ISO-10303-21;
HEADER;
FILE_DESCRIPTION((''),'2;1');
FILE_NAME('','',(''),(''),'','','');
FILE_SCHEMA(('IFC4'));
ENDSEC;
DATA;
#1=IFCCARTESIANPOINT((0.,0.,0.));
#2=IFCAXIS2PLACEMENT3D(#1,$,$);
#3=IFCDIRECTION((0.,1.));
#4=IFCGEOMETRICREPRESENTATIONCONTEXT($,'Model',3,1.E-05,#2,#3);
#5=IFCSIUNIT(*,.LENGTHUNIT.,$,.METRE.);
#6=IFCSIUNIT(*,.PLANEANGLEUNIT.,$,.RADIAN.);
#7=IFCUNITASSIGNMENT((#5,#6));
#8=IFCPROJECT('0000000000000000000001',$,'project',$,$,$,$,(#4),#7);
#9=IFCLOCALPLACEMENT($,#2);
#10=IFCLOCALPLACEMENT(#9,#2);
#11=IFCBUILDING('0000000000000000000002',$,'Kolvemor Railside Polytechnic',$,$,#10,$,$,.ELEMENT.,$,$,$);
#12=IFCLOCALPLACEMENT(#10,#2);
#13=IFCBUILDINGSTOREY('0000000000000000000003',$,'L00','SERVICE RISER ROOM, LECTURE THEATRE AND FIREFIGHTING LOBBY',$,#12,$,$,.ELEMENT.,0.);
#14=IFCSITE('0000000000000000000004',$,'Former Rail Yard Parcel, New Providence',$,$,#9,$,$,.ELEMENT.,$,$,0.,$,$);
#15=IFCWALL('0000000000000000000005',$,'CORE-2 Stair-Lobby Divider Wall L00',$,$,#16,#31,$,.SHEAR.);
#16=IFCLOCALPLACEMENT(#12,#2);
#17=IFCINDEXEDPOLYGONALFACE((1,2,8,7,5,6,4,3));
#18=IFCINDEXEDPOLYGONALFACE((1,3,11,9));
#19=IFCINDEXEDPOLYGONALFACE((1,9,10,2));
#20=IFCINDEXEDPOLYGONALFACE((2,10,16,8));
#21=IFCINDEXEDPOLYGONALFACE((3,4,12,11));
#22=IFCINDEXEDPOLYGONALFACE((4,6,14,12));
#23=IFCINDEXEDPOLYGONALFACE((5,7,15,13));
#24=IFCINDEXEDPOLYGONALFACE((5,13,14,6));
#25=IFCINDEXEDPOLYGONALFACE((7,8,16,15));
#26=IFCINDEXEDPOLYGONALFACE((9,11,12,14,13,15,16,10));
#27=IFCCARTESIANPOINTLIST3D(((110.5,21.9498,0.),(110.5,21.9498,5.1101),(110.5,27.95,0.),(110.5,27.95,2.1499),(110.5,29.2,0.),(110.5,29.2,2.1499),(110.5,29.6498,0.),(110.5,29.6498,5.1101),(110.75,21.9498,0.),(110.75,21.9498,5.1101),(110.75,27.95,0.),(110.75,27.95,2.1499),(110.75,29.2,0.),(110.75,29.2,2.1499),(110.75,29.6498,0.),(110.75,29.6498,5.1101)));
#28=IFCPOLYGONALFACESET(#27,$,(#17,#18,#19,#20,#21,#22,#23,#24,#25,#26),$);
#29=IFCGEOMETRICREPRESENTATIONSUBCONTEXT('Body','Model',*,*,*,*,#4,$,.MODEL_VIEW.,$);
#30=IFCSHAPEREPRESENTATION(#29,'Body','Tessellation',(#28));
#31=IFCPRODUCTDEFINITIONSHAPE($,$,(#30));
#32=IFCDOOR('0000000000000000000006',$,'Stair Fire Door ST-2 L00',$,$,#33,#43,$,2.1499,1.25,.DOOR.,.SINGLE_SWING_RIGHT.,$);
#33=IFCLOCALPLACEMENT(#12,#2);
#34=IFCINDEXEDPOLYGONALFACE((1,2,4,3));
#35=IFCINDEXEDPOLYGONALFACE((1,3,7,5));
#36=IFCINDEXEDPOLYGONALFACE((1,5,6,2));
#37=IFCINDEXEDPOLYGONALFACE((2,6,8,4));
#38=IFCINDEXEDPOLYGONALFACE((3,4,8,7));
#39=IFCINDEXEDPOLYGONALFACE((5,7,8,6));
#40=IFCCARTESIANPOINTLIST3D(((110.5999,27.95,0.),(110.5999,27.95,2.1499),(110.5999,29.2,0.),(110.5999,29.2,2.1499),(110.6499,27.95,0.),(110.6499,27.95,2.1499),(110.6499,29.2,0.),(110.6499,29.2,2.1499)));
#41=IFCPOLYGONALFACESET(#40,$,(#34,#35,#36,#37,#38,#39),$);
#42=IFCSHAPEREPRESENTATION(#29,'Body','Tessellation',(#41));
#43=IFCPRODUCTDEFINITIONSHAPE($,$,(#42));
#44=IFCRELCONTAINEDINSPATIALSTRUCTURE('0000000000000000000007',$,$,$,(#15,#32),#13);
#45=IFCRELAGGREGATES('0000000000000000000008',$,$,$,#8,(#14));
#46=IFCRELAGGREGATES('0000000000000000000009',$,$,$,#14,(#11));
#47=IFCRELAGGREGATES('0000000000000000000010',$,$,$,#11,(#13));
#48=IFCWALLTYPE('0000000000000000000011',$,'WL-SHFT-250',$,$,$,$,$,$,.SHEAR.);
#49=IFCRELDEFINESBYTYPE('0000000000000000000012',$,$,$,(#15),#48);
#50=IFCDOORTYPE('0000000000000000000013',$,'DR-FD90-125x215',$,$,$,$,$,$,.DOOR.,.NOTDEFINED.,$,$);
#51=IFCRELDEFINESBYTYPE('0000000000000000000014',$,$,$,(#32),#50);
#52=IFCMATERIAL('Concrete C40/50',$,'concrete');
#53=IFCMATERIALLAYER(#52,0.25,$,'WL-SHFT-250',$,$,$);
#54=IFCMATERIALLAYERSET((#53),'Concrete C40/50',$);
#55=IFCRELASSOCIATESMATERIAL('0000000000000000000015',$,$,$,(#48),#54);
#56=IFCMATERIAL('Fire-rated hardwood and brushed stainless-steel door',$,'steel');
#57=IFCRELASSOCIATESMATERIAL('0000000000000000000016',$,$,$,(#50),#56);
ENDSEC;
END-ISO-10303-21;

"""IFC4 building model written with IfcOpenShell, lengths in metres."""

from ifc_helpers import new_model, si_unit, direction, frame, frame_2d, origin, place, context, subcontext, project, spatial, rectangle, extrude, material, layer, layer_set, type_object, element, fill, save


model = new_model("IFC4")

# Units and contexts
model_context = context("Model", 3, precision=1e-05, world=origin(), true_north=direction((0.0, 1.0)))
body_context = subcontext(model_context, "Body", "Model", "MODEL_VIEW")
ifc_project = project(units=[si_unit("LENGTHUNIT", "METRE"), si_unit("PLANEANGLEUNIT", "RADIAN")], contexts=[model_context])

# Site, building, storey
site_placement = place(None, origin())
site = spatial("IfcSite", under=ifc_project, at=site_placement, Name="Former Rail Yard Parcel, New Providence", CompositionType="ELEMENT", RefElevation=0.0)
building_placement = place(site_placement, origin())
building = spatial("IfcBuilding", under=site, at=building_placement, Name="Kolvemor Railside Polytechnic", CompositionType="ELEMENT")
storey_placement = place(building_placement, origin())
storey = spatial("IfcBuildingStorey", under=building, at=storey_placement, Name="L00", Description="SERVICE RISER ROOM, LECTURE THEATRE AND FIREFIGHTING LOBBY", CompositionType="ELEMENT", Elevation=0.0)

# Wall, opening, door
ifc_material_1 = material(Name="Concrete C40/50", Category="concrete")
ifc_layer_1 = layer(ifc_material_1, 0.25, Name="WL-SHFT-250")
ifc_layer_set_1 = layer_set([ifc_layer_1], Name="Concrete C40/50")
wall_type_1 = type_object("IfcWallType", Name="WL-SHFT-250", PredefinedType="SHEAR", material=ifc_layer_set_1)
wall_1_placement = place(storey_placement, frame((110.625, 29.6499, 0.0), z_axis=(0.0, 0.0, 1.0), x_axis=(0.0, -1.0, 0.0)))
wall_1 = element("IfcWall", 1, at=wall_1_placement, inside=storey, type_object=wall_type_1, Name="CORE-2 Stair-Lobby Divider Wall L00", PredefinedType="SHEAR", context=body_context, shape_type="SweptSolid", body=[
    extrude(rectangle(XDim=7.7, YDim=0.25, at=frame_2d((3.8501, 0.0))), origin(), (0.0, 0.0, 1.0), 5.1101),
])
opening_placement = place(wall_1_placement, frame((0.45, 0.0, 0.0)))
opening = element("IfcOpeningElement", 2, at=opening_placement, cuts=wall_1, PredefinedType="OPENING", context=body_context, shape_type="SweptSolid", body=[
    extrude(rectangle(XDim=1.25, YDim=2.1499, at=frame_2d((0.625, 1.075))), frame((0.0, 0.135, 0.0), z_axis=(0.0, -1.0, 0.0), x_axis=(1.0, 0.0, 0.0)), (0.0, 0.0, 1.0), 0.27),
])
ifc_material_2 = material(Name="Fire-rated hardwood and brushed stainless-steel door", Category="steel")
door_type = type_object("IfcDoorType", Name="DR-FD90-125x215", OperationType="NOTDEFINED", PredefinedType="DOOR", material=ifc_material_2)
door_placement = place(opening_placement, origin())
door = element("IfcDoor", 3, at=door_placement, inside=storey, type_object=door_type, Name="Stair Fire Door ST-2 L00", OperationType="SINGLE_SWING_RIGHT", OverallHeight=2.1499, OverallWidth=1.25, PredefinedType="DOOR", context=body_context, shape_type="SweptSolid", body=[
    extrude(rectangle(XDim=1.25, YDim=2.1499, at=frame_2d((0.625, 1.075))), frame((0.0, 0.0249, 0.0), z_axis=(0.0, -1.0, 0.0), x_axis=(1.0, 0.0, 0.0)), (0.0, 0.0, 1.0), 0.05),
])
fill(opening, door)

save(model, "model.ifc")
